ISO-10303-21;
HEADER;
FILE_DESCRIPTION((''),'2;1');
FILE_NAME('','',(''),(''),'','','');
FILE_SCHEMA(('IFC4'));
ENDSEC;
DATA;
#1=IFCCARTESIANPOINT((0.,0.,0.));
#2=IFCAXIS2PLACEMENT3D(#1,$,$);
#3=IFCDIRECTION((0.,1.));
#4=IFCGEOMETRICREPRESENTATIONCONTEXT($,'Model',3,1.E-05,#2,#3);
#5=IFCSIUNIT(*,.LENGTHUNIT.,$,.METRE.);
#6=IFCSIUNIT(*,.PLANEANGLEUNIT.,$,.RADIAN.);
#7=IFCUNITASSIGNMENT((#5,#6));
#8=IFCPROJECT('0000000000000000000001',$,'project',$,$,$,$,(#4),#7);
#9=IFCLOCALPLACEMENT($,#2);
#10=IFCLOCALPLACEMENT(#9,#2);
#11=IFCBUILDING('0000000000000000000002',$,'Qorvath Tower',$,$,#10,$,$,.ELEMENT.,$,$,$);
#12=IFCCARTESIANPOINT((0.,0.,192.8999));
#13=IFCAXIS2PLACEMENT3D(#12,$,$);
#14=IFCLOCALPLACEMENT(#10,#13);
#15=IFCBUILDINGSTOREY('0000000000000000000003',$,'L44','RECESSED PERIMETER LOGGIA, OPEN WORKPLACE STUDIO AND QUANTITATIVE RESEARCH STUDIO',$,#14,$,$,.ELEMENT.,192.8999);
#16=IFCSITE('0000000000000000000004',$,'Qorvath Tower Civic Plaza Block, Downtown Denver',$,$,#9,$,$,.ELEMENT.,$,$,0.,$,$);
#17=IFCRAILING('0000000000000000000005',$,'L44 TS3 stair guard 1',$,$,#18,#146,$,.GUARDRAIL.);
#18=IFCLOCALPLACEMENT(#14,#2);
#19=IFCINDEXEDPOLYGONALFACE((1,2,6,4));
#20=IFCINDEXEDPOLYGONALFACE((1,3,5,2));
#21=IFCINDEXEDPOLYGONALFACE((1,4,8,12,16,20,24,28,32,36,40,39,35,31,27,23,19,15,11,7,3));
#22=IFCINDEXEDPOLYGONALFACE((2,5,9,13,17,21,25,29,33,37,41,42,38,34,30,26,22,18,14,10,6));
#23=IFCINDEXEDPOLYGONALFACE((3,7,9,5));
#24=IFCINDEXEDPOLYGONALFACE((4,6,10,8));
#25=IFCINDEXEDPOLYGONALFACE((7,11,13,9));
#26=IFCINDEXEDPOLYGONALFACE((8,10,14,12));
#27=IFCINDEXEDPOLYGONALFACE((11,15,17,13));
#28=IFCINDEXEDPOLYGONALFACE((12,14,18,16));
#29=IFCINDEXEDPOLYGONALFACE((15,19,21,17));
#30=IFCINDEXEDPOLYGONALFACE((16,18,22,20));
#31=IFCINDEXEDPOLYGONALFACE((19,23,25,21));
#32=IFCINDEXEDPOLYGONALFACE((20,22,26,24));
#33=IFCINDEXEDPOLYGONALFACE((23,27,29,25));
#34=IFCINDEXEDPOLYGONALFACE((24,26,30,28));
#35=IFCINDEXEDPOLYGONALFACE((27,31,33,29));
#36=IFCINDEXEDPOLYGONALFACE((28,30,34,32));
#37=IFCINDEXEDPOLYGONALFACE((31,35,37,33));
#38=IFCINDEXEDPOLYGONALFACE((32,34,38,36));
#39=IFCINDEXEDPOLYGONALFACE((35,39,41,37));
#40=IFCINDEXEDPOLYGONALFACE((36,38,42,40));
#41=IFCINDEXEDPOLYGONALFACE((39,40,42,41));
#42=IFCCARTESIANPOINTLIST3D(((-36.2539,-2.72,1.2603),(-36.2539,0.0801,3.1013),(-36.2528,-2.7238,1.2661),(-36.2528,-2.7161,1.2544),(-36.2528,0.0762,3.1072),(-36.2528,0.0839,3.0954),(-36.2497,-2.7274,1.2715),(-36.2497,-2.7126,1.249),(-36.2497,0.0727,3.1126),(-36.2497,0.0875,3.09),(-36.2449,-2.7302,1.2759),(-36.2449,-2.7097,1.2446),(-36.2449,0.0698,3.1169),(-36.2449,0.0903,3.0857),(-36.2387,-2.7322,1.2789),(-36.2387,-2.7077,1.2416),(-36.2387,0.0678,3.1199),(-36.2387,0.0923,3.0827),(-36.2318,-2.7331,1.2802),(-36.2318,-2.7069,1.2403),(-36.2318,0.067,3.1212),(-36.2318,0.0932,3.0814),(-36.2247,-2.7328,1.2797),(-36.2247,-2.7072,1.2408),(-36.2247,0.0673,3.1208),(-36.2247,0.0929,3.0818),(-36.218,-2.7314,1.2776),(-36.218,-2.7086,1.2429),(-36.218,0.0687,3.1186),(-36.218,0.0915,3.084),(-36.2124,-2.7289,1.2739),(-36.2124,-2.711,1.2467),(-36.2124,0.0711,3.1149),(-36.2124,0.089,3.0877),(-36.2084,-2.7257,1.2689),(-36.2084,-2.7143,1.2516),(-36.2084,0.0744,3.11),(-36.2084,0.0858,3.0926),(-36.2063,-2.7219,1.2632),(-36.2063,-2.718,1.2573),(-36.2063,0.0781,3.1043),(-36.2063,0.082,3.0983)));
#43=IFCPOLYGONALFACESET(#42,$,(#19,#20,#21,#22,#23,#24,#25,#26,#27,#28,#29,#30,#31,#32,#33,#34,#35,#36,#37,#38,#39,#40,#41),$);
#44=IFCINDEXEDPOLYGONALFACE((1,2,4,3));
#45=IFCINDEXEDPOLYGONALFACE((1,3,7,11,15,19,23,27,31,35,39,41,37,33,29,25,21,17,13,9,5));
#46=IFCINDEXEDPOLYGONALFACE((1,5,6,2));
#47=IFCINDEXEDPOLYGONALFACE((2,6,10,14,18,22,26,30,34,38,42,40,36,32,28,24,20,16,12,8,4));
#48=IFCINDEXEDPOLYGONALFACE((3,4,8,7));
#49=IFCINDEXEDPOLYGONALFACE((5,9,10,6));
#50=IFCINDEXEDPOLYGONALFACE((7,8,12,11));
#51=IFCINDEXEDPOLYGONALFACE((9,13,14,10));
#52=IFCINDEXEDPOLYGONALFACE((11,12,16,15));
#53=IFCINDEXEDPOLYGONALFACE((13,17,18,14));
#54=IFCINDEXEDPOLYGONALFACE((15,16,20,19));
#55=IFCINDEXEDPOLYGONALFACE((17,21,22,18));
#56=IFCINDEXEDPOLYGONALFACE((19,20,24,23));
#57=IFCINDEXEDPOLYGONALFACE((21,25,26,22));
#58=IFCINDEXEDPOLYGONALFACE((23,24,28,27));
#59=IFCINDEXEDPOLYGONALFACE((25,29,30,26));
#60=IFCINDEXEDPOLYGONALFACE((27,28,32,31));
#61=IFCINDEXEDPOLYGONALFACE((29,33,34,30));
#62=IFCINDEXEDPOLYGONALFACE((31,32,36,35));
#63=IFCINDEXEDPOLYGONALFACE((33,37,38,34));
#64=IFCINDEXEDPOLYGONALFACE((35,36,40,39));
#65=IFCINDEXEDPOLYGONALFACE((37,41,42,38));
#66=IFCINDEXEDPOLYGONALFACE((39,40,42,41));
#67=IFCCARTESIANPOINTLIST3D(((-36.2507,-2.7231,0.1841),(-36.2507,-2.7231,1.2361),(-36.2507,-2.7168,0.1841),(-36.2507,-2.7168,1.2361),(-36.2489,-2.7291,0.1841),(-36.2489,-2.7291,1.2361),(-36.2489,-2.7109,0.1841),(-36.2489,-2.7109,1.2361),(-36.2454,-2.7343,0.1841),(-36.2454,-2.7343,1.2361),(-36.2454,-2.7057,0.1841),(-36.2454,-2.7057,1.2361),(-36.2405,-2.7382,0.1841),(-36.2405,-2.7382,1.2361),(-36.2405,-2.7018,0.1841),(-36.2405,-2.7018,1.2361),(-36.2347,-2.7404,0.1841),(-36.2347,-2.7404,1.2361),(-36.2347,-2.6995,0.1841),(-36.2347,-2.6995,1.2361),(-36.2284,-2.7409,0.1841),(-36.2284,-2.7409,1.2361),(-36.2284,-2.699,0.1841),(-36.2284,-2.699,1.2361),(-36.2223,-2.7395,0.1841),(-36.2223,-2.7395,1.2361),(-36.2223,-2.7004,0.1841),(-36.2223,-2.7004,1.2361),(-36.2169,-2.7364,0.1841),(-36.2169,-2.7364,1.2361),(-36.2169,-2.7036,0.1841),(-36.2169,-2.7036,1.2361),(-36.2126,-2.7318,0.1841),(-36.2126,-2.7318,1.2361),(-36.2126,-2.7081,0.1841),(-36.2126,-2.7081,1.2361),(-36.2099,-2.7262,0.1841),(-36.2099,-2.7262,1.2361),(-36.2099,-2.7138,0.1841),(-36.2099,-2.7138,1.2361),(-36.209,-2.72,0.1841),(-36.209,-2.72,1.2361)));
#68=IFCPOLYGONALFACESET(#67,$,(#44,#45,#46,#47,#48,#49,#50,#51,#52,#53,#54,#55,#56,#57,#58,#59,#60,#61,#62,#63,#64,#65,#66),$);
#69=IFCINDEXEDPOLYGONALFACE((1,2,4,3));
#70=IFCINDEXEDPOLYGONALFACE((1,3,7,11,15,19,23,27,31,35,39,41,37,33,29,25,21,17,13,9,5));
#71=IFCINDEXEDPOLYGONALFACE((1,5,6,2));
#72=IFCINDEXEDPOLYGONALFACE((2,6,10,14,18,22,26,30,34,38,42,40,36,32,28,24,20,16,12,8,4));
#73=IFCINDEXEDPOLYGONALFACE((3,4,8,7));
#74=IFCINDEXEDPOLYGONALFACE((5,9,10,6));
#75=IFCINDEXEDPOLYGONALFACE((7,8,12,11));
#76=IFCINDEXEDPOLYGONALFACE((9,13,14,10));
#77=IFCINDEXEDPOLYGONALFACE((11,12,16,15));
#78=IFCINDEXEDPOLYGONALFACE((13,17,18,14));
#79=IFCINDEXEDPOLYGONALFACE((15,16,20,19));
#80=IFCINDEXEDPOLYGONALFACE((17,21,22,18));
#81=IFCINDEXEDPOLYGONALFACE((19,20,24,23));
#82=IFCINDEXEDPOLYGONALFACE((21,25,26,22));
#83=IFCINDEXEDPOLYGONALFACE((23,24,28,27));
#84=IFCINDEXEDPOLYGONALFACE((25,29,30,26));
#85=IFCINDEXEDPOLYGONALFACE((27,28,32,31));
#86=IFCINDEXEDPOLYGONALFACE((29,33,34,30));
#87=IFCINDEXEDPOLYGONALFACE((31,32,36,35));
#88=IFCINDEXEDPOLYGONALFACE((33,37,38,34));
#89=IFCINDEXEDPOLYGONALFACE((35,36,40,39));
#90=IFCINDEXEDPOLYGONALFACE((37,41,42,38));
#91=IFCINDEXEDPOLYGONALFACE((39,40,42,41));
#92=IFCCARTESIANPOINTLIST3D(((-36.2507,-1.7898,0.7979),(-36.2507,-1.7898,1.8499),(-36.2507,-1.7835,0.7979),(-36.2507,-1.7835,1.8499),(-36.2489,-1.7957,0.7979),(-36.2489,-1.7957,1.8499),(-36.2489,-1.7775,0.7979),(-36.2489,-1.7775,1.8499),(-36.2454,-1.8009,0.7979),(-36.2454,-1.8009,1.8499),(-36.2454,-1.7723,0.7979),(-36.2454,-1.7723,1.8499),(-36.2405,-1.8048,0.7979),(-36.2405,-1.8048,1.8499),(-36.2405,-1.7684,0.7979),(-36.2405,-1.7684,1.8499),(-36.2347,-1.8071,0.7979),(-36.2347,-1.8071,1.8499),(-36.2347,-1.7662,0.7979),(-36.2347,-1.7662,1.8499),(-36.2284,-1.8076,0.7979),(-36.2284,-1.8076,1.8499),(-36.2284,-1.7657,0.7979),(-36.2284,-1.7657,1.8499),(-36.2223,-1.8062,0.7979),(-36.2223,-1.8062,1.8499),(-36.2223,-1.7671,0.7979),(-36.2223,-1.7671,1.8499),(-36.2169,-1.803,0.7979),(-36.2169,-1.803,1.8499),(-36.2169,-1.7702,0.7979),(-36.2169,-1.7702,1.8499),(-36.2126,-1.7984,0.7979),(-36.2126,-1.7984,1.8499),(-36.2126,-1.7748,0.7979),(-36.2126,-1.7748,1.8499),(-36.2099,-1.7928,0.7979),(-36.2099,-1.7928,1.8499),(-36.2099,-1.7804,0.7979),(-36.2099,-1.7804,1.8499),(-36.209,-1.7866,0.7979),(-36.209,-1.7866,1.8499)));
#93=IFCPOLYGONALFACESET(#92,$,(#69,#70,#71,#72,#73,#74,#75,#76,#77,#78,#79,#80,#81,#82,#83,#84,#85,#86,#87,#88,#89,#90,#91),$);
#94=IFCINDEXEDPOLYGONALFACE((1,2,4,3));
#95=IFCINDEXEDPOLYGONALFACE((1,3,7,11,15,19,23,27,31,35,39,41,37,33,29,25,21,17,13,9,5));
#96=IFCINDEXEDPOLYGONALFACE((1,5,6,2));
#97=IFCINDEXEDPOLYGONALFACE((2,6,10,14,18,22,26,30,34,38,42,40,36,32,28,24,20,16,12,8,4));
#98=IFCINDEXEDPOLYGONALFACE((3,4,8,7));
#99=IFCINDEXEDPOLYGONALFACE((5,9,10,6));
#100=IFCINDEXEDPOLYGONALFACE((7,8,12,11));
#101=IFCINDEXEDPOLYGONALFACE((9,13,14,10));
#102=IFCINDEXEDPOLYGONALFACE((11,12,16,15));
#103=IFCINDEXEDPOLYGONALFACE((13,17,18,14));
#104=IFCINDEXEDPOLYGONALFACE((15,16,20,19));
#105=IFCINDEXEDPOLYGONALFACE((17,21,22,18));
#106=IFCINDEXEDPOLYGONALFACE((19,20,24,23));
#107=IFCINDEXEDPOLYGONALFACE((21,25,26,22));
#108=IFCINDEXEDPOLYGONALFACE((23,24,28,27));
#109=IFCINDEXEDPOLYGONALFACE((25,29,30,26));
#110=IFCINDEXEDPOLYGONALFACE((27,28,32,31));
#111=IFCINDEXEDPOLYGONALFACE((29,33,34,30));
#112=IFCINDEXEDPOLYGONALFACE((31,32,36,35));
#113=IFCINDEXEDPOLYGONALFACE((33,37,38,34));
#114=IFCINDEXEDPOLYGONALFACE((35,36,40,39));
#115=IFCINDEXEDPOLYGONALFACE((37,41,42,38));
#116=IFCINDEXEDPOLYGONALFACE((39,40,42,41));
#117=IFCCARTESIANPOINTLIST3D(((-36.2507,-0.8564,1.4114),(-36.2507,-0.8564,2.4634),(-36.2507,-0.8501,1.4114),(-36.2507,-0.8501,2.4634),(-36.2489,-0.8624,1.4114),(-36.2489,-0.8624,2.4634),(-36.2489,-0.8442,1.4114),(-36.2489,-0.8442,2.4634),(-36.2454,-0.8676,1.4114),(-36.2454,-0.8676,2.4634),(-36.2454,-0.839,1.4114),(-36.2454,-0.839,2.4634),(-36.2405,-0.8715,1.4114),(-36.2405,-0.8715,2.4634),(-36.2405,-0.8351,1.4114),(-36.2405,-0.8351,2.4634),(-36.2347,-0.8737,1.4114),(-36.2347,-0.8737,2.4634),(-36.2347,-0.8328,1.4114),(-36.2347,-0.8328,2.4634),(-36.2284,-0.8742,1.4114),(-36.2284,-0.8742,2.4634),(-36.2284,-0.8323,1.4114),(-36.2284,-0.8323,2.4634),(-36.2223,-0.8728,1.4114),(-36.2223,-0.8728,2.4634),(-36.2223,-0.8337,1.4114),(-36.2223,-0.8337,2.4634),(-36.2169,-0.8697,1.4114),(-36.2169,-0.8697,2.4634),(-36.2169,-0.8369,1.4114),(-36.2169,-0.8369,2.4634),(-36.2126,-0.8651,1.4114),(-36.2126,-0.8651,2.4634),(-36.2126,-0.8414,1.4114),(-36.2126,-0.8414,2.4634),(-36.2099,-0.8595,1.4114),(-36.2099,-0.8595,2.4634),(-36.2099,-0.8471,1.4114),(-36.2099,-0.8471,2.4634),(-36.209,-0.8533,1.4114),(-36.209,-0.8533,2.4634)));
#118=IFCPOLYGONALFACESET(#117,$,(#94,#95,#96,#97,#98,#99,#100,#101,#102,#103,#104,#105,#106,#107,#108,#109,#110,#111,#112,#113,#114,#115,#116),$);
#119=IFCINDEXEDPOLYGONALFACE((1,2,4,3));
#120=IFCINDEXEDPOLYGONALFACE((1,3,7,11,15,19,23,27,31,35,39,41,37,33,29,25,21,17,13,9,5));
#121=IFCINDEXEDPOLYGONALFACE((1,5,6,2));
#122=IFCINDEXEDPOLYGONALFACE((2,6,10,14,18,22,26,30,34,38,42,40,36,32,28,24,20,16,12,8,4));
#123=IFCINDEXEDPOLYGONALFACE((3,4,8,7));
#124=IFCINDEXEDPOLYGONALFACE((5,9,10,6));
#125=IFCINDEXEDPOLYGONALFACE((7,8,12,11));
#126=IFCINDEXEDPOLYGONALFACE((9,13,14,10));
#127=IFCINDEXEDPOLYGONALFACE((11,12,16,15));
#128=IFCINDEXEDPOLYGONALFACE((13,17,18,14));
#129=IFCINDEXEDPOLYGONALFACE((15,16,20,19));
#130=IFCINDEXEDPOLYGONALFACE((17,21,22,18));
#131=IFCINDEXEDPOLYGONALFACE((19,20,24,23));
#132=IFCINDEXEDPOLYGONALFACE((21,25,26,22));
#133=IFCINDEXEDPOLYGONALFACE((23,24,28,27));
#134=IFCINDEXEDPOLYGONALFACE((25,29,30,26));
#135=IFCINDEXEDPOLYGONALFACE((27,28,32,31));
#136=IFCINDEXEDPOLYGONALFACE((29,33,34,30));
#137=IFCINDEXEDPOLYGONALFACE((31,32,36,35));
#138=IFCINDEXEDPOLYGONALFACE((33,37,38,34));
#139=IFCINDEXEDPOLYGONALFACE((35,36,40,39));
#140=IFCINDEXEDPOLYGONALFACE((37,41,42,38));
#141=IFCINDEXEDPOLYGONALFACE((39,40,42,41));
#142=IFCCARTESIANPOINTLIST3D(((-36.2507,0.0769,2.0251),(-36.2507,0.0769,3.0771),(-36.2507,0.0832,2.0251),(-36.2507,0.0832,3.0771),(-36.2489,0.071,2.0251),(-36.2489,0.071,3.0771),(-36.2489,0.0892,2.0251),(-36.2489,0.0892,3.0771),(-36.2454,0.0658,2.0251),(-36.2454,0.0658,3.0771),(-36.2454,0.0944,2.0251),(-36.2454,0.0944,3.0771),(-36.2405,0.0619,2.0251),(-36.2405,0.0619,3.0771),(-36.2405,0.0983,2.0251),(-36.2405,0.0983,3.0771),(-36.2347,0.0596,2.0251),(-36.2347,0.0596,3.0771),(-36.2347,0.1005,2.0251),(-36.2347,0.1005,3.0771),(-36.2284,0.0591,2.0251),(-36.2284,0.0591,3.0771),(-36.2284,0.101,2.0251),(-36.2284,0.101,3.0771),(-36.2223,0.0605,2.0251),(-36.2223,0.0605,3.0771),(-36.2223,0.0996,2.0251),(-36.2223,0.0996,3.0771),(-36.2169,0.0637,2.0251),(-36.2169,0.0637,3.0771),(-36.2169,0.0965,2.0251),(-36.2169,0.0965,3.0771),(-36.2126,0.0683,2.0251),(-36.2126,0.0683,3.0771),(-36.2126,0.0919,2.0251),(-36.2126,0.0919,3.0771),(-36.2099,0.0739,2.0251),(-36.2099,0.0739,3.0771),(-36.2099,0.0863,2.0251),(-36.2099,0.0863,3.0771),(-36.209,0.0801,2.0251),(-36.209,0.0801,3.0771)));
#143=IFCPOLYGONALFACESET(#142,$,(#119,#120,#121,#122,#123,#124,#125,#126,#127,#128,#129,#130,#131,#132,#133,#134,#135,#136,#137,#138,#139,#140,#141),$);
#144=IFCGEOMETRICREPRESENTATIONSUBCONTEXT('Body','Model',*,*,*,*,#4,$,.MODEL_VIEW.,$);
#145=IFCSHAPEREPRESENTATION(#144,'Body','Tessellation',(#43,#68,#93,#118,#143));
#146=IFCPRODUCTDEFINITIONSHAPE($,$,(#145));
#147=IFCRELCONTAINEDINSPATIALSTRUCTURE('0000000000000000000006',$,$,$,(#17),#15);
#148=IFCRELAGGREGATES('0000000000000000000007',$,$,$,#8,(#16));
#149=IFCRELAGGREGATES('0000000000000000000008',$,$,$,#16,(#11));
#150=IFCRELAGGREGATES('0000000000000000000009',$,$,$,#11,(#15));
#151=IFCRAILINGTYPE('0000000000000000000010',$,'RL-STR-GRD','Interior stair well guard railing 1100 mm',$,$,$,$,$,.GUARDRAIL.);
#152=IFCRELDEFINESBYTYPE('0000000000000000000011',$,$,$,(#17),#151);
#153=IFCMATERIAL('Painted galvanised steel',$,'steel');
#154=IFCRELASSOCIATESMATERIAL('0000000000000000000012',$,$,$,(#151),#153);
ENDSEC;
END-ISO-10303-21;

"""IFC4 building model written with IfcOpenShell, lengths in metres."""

from ifc_helpers import new_model, si_unit, direction, frame, origin, origin_2d, place, context, subcontext, project, spatial, circle, extrude, material, type_object, element, save


model = new_model("IFC4")

# Units and contexts
model_context = context("Model", 3, precision=1e-05, world=origin(), true_north=direction((0.0, 1.0)))
body_context = subcontext(model_context, "Body", "Model", "MODEL_VIEW")
ifc_project = project(units=[si_unit("LENGTHUNIT", "METRE"), si_unit("PLANEANGLEUNIT", "RADIAN")], contexts=[model_context])

# Site, building, storey
site_placement = place(None, origin())
site = spatial("IfcSite", under=ifc_project, at=site_placement, Name="Qorvath Tower Civic Plaza Block, Downtown Denver", CompositionType="ELEMENT", RefElevation=0.0)
building_placement = place(site_placement, origin())
building = spatial("IfcBuilding", under=site, at=building_placement, Name="Qorvath Tower", CompositionType="ELEMENT")
storey_placement = place(building_placement, frame((0.0, 0.0, 192.8999)))
storey = spatial("IfcBuildingStorey", under=building, at=storey_placement, Name="L44", Description="RECESSED PERIMETER LOGGIA, OPEN WORKPLACE STUDIO AND QUANTITATIVE RESEARCH STUDIO", CompositionType="ELEMENT", Elevation=192.8999)

# Railing
ifc_material_1 = material(Name="Painted galvanised steel", Category="steel")
railing_type_1 = type_object("IfcRailingType", Name="RL-STR-GRD", Description="Interior stair well guard railing 1100 mm", PredefinedType="GUARDRAIL", material=ifc_material_1)
railing_1_placement = place(storey_placement, frame((-36.23, -2.72, 0.1841)))
element("IfcRailing", 1, at=railing_1_placement, inside=storey, type_object=railing_type_1, Name="L44 TS3 stair guard 1", PredefinedType="GUARDRAIL", context=body_context, shape_type="SweptSolid", body=[
    extrude(circle(Radius=0.0239, at=origin_2d()), frame((0.0, 0.0, 1.0762), z_axis=(0.0, 0.835564, 0.549393), x_axis=(-1.0, 0.0, 0.0)), (0.0, 0.0, 1.0), 3.3511),
    extrude(circle(Radius=0.021, at=origin_2d()), origin(), (0.0, 0.0, 1.0), 1.052),
    extrude(circle(Radius=0.021, at=origin_2d()), frame((0.0, 0.9333, 0.6138)), (0.0, 0.0, 1.0), 1.052),
    extrude(circle(Radius=0.021, at=origin_2d()), frame((0.0, 1.8667, 1.2273)), (0.0, 0.0, 1.0), 1.052),
    extrude(circle(Radius=0.021, at=origin_2d()), frame((0.0, 2.8, 1.8411)), (0.0, 0.0, 1.0), 1.052),
])

save(model, "model.ifc")
